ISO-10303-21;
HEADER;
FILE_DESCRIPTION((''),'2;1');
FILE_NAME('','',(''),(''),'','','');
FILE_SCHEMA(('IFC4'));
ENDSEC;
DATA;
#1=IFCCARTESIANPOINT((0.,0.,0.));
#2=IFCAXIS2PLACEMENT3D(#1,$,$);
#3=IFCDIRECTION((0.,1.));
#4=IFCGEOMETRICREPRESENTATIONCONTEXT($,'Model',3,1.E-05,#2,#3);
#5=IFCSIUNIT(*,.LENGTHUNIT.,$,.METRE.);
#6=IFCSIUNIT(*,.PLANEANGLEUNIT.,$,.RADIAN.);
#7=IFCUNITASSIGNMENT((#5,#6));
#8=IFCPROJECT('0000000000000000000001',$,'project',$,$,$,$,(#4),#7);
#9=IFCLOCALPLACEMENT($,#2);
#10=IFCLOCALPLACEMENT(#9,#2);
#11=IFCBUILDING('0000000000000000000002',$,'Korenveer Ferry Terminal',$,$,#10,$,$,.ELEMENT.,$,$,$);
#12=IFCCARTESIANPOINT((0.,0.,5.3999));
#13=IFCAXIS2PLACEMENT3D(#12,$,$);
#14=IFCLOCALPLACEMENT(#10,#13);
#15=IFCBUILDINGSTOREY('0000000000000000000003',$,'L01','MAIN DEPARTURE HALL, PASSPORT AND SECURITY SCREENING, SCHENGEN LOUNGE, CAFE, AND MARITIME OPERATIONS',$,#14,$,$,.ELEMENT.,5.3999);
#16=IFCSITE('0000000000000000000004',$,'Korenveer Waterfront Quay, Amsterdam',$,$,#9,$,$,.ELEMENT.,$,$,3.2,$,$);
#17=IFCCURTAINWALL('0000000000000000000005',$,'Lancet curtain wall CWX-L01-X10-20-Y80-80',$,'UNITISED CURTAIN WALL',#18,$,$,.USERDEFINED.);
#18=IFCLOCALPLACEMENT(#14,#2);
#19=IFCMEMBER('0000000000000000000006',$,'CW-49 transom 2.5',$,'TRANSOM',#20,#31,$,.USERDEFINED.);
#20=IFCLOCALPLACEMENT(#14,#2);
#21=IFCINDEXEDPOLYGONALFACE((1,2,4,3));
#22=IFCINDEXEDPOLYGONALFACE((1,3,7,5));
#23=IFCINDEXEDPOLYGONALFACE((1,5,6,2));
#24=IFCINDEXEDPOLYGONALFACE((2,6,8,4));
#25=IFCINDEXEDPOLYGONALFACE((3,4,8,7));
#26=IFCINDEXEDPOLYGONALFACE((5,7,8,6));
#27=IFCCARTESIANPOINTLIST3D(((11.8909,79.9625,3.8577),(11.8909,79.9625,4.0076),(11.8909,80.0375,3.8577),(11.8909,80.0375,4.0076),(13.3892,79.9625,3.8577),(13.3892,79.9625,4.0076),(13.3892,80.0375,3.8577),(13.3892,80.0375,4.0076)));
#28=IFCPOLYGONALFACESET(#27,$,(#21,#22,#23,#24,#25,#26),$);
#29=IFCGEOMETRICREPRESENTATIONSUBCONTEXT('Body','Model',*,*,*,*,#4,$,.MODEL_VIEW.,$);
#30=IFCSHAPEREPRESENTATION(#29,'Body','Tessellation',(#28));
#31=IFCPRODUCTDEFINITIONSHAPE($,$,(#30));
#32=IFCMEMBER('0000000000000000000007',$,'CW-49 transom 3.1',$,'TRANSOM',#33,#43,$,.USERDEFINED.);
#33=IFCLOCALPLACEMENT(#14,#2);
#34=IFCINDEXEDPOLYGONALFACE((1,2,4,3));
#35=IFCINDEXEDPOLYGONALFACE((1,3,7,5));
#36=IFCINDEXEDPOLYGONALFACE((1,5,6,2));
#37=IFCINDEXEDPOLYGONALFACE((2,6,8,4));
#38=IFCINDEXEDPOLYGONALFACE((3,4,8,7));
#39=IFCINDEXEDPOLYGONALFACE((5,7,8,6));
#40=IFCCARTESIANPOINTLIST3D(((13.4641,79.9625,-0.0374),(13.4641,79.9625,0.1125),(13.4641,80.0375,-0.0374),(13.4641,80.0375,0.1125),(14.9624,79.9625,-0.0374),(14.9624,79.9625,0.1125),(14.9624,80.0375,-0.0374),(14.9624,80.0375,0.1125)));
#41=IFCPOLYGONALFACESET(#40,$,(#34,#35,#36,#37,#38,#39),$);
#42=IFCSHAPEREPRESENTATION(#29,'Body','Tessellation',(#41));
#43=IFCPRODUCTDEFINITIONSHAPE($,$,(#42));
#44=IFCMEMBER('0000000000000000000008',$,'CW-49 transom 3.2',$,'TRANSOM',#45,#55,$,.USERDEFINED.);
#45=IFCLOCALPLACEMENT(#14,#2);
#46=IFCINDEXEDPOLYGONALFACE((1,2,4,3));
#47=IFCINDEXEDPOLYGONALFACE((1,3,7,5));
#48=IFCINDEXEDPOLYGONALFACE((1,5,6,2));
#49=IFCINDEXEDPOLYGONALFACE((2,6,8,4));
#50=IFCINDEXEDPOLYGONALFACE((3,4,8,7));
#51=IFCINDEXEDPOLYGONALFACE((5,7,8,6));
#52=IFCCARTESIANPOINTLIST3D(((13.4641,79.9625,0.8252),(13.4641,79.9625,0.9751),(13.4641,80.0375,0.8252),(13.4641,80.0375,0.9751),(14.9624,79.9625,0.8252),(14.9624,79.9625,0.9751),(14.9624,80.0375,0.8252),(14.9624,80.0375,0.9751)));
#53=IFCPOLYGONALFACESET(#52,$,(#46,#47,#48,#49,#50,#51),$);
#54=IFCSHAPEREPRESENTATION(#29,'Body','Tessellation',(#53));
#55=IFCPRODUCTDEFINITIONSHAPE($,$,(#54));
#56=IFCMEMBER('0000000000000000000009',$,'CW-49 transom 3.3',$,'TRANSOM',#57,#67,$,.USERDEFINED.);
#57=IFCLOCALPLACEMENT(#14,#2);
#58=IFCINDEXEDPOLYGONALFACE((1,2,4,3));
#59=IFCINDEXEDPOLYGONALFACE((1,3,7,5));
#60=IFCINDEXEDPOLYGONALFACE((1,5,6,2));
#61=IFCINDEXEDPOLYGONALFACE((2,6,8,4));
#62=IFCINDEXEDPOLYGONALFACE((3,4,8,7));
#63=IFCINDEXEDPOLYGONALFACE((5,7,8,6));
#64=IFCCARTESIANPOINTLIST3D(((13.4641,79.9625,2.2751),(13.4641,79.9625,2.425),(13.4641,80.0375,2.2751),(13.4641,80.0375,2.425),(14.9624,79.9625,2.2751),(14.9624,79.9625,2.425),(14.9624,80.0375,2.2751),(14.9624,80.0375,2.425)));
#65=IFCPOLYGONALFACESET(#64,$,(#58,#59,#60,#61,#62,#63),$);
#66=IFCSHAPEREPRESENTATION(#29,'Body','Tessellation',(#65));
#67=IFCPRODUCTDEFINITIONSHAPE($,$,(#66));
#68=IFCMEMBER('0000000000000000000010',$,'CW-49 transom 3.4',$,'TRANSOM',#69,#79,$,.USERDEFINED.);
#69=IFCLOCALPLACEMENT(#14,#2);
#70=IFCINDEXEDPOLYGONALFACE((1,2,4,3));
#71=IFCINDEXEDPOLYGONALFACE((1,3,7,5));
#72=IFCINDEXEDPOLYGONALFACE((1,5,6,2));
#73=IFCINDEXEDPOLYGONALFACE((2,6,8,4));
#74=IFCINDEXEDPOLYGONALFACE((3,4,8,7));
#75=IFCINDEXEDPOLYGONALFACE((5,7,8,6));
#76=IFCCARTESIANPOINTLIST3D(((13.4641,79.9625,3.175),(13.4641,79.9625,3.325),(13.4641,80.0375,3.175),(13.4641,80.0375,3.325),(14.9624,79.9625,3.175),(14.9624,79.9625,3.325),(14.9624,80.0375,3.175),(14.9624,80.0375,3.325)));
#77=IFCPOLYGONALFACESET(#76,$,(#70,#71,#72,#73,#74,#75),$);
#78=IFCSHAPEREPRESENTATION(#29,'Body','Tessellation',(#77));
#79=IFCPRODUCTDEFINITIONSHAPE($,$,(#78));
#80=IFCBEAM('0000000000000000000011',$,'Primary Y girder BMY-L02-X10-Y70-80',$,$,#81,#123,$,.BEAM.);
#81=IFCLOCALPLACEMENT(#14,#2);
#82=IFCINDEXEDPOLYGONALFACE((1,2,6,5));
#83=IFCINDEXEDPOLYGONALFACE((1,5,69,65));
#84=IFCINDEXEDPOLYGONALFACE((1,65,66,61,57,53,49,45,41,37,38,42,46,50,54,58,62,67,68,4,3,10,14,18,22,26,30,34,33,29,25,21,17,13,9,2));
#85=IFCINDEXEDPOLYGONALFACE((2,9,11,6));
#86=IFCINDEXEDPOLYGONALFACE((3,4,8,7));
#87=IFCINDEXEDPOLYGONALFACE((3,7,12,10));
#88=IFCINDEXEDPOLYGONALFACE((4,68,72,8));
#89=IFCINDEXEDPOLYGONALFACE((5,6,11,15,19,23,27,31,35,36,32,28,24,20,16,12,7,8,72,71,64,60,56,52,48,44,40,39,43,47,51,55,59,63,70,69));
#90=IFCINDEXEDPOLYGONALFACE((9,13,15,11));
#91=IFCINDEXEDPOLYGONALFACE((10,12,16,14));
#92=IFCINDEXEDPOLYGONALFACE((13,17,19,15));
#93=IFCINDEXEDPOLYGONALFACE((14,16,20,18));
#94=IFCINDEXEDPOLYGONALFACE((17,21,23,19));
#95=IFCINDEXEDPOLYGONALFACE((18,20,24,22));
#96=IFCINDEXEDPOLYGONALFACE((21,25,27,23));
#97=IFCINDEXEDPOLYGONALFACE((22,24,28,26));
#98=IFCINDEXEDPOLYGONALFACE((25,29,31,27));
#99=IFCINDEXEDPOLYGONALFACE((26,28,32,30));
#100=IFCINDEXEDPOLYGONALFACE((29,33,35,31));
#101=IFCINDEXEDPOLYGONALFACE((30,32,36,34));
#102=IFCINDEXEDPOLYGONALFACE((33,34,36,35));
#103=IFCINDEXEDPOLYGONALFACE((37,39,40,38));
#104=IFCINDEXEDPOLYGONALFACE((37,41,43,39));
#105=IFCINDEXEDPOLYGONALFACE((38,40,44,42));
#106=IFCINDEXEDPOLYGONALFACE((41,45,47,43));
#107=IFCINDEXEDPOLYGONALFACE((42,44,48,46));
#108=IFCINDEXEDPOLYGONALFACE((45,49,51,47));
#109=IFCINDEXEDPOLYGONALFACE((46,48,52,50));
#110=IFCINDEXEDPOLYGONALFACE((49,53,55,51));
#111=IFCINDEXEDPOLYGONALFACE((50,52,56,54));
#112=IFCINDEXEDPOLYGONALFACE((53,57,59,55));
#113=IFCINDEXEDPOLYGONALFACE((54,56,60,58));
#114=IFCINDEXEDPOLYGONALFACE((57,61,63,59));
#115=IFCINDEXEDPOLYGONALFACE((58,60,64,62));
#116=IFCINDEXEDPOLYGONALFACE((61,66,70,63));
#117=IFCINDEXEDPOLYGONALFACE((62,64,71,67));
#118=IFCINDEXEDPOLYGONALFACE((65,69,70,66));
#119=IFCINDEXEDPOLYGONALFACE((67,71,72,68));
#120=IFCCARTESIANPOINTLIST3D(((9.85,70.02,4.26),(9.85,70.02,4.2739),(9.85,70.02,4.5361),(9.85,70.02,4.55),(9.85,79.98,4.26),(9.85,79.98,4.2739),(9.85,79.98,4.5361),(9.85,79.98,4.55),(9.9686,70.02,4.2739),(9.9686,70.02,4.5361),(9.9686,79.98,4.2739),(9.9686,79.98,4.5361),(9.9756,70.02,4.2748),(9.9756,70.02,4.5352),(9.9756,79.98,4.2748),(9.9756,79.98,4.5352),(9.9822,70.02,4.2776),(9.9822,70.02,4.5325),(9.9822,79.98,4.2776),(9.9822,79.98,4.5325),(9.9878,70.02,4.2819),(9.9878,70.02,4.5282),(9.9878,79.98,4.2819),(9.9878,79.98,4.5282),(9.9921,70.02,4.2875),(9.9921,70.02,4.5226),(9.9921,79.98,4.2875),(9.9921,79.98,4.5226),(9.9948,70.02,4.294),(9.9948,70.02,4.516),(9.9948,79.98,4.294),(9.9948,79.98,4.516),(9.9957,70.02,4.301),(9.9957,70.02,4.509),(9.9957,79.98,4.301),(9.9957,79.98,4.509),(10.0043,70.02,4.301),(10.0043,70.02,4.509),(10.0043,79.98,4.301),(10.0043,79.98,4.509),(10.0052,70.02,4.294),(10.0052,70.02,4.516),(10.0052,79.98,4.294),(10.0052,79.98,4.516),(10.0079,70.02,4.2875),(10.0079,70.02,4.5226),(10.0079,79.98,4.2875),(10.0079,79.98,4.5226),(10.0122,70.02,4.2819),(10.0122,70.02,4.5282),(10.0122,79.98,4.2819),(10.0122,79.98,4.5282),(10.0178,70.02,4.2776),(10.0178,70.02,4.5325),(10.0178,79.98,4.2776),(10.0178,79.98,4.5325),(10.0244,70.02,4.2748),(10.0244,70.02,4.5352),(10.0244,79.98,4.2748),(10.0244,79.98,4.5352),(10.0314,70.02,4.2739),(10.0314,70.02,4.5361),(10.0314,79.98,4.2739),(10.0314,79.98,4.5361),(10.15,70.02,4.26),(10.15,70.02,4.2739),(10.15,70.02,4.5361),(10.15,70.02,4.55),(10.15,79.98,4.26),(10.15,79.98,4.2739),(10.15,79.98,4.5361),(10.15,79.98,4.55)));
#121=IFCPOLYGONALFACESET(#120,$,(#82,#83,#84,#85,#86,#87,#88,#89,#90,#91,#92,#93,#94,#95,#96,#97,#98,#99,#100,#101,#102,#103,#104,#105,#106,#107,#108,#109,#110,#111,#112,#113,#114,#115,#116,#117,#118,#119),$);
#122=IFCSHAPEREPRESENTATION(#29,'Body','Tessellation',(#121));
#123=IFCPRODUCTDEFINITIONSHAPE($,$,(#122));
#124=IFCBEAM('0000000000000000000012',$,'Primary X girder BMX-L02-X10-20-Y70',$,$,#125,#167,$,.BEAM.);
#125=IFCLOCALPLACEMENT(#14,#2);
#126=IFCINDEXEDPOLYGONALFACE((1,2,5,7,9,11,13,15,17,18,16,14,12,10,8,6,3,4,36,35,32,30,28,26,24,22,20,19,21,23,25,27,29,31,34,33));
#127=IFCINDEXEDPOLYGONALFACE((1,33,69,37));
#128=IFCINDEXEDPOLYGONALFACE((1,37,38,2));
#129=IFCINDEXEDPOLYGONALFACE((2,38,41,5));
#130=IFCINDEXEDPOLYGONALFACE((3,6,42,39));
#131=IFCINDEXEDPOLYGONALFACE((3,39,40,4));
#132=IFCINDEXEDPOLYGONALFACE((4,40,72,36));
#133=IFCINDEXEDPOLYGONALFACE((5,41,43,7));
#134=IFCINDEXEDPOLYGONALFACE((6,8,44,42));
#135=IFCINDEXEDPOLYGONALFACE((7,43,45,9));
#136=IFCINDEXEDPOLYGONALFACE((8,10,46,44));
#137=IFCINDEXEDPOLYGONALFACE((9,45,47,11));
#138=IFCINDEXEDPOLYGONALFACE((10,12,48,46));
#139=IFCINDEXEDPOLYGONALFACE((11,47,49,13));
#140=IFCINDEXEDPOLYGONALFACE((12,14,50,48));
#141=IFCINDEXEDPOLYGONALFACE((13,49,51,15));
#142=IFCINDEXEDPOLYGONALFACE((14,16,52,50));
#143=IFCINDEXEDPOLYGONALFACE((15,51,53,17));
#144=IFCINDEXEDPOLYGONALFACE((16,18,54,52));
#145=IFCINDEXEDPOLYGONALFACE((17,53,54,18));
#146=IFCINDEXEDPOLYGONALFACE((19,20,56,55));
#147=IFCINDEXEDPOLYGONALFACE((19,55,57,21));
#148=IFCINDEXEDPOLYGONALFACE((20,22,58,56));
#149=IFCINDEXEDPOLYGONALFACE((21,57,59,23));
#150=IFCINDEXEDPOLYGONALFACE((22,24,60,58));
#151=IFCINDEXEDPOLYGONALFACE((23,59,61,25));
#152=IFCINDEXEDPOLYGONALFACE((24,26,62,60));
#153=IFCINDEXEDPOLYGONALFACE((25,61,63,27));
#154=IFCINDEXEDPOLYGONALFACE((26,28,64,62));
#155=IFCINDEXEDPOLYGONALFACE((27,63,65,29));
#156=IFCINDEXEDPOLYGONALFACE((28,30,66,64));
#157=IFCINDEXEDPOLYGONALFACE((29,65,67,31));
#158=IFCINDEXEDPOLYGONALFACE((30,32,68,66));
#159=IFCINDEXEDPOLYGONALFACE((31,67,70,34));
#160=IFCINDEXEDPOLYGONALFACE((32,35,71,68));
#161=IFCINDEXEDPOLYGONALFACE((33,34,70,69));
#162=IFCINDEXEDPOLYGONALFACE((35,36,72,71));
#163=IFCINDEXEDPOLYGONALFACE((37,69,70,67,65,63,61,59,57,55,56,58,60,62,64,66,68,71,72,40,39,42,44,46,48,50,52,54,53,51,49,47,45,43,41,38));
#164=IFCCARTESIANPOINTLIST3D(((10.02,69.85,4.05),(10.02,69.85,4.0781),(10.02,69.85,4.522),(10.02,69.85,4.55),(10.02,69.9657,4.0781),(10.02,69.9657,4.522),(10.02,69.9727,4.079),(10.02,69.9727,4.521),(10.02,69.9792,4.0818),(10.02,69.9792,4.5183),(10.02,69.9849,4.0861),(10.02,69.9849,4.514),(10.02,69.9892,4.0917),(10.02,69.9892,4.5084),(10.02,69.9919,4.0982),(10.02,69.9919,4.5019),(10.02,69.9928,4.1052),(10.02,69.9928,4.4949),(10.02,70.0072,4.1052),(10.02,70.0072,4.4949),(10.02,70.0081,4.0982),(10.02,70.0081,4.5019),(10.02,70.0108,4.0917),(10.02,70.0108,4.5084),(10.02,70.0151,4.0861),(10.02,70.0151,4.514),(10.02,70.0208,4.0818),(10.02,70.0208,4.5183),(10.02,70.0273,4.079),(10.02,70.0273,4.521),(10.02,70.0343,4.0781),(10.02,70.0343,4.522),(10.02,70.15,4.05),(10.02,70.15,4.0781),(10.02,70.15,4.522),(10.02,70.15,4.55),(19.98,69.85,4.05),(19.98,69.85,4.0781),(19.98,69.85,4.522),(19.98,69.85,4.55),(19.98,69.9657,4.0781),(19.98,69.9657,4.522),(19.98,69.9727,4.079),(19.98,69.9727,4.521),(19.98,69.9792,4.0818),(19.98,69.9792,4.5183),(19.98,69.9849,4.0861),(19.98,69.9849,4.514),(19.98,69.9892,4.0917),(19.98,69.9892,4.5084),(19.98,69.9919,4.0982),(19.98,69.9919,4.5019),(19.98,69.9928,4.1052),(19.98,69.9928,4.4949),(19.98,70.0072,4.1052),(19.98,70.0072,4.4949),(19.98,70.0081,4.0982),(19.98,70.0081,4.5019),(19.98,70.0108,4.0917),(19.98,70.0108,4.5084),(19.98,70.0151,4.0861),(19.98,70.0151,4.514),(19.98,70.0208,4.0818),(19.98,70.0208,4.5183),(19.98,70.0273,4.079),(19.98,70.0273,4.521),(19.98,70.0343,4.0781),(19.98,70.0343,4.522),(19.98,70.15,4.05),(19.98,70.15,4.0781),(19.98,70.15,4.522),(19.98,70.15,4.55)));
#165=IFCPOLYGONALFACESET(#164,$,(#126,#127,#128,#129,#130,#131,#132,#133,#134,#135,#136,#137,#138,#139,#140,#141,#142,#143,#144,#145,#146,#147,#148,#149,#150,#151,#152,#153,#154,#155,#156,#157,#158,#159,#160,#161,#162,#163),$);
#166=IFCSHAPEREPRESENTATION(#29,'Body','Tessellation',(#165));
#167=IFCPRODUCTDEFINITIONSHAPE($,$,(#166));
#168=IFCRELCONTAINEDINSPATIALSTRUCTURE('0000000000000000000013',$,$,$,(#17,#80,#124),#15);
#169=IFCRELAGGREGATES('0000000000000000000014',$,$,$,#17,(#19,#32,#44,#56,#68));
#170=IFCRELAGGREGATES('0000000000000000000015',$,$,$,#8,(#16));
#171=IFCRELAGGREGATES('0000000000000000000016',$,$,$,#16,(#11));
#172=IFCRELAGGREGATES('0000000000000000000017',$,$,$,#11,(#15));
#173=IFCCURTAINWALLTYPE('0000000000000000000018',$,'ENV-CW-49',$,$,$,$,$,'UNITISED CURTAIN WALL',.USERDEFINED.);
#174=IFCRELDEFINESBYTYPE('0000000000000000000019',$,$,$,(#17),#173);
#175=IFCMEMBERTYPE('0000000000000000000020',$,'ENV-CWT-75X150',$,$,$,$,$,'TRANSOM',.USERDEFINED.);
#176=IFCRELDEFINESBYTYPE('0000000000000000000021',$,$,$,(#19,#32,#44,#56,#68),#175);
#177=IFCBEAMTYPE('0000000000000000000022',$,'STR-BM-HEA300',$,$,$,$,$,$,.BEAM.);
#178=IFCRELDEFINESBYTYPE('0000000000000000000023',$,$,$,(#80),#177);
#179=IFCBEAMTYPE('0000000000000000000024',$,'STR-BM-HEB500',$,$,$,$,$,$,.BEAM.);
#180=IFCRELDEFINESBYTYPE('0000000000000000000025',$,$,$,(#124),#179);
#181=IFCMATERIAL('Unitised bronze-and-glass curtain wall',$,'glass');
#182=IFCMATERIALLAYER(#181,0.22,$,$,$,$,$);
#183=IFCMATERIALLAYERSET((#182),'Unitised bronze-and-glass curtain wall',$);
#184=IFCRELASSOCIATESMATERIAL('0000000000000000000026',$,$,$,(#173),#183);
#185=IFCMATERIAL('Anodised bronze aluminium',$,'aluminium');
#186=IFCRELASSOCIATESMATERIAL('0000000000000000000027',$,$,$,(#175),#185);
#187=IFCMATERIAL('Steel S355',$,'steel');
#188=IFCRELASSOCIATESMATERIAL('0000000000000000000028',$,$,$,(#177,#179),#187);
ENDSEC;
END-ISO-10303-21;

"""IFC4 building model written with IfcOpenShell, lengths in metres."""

from ifc_helpers import new_model, si_unit, direction, frame, origin, origin_2d, place, context, subcontext, project, spatial, rectangle, i_section, extrude, material, layer, layer_set, material_profile, profile_set, type_object, element, aggregate, save


model = new_model("IFC4")

# Units and contexts
model_context = context("Model", 3, precision=1e-05, world=origin(), true_north=direction((0.0, 1.0)))
body_context = subcontext(model_context, "Body", "Model", "MODEL_VIEW")
ifc_project = project(units=[si_unit("LENGTHUNIT", "METRE"), si_unit("PLANEANGLEUNIT", "RADIAN")], contexts=[model_context])

# Site, building, storey
site_placement = place(None, origin())
site = spatial("IfcSite", under=ifc_project, at=site_placement, Name="Korenveer Waterfront Quay, Amsterdam", CompositionType="ELEMENT", RefElevation=3.2)
building_placement = place(site_placement, origin())
building = spatial("IfcBuilding", under=site, at=building_placement, Name="Korenveer Ferry Terminal", CompositionType="ELEMENT")
storey_placement = place(building_placement, frame((0.0, 0.0, 5.3999)))
storey = spatial("IfcBuildingStorey", under=building, at=storey_placement, Name="L01", Description="MAIN DEPARTURE HALL, PASSPORT AND SECURITY SCREENING, SCHENGEN LOUNGE, CAFE, AND MARITIME OPERATIONS", CompositionType="ELEMENT", Elevation=5.3999)

# Shared definitions
ifc_material_1 = material(Name="Unitised bronze-and-glass curtain wall", Category="glass")
ifc_material_2 = material(Name="Anodised bronze aluminium", Category="aluminium")

# Curtain wall, members
ifc_layer_1 = layer(ifc_material_1, 0.22)
ifc_layer_set_1 = layer_set([ifc_layer_1], Name="Unitised bronze-and-glass curtain wall")
curtain_wall_type_1 = type_object("IfcCurtainWallType", Name="ENV-CW-49", ElementType="UNITISED CURTAIN WALL", PredefinedType="USERDEFINED", material=ifc_layer_set_1)
curtain_wall_1_placement = place(storey_placement, frame((10.28, 80.0, 0.0)))
curtain_wall_1 = element("IfcCurtainWall", 1, at=curtain_wall_1_placement, inside=storey, type_object=curtain_wall_type_1, Name="Lancet curtain wall CWX-L01-X10-20-Y80-80", ObjectType="UNITISED CURTAIN WALL", PredefinedType="USERDEFINED")
ifc_material_profile_1 = material_profile(ifc_material_2, rectangle(XDim=0.075, YDim=0.1499, at=origin_2d()), Name="ALU 75x150")
ifc_profile_set_1 = profile_set([ifc_material_profile_1], Name="Anodised bronze aluminium")
member_type_1 = type_object("IfcMemberType", Name="ENV-CWT-75X150", ElementType="TRANSOM", PredefinedType="USERDEFINED", material=ifc_profile_set_1)
member_1_placement = place(storey_placement, frame((11.8909, 80.0, 3.9326), z_axis=(1.0, 0.0, 0.0), x_axis=(0.0, 1.0, 0.0)))
member_1 = element("IfcMember", 2, at=member_1_placement, type_object=member_type_1, Name="CW-49 transom 2.5", ObjectType="TRANSOM", PredefinedType="USERDEFINED", context=body_context, shape_type="SweptSolid", body=[
    extrude(rectangle(XDim=0.075, YDim=0.1499, at=origin_2d()), origin(), (0.0, 0.0, 1.0), 1.4983),
])
member_2_placement = place(storey_placement, frame((13.4641, 80.0, 0.0376), z_axis=(1.0, 0.0, 0.0), x_axis=(0.0, 1.0, 0.0)))
member_2 = element("IfcMember", 3, at=member_2_placement, type_object=member_type_1, Name="CW-49 transom 3.1", ObjectType="TRANSOM", PredefinedType="USERDEFINED", context=body_context, shape_type="SweptSolid", body=[
    extrude(rectangle(XDim=0.075, YDim=0.1499, at=origin_2d()), origin(), (0.0, 0.0, 1.0), 1.4983),
])
member_3_placement = place(storey_placement, frame((13.4641, 80.0, 0.9001), z_axis=(1.0, 0.0, 0.0), x_axis=(0.0, 1.0, 0.0)))
member_3 = element("IfcMember", 4, at=member_3_placement, type_object=member_type_1, Name="CW-49 transom 3.2", ObjectType="TRANSOM", PredefinedType="USERDEFINED", context=body_context, shape_type="SweptSolid", body=[
    extrude(rectangle(XDim=0.075, YDim=0.1499, at=origin_2d()), origin(), (0.0, 0.0, 1.0), 1.4983),
])
member_4_placement = place(storey_placement, frame((13.4641, 80.0, 2.3501), z_axis=(1.0, 0.0, 0.0), x_axis=(0.0, 1.0, 0.0)))
member_4 = element("IfcMember", 5, at=member_4_placement, type_object=member_type_1, Name="CW-49 transom 3.3", ObjectType="TRANSOM", PredefinedType="USERDEFINED", context=body_context, shape_type="SweptSolid", body=[
    extrude(rectangle(XDim=0.075, YDim=0.1499, at=origin_2d()), origin(), (0.0, 0.0, 1.0), 1.4983),
])
member_5_placement = place(storey_placement, frame((13.4641, 80.0, 3.25), z_axis=(1.0, 0.0, 0.0), x_axis=(0.0, 1.0, 0.0)))
member_5 = element("IfcMember", 6, at=member_5_placement, type_object=member_type_1, Name="CW-49 transom 3.4", ObjectType="TRANSOM", PredefinedType="USERDEFINED", context=body_context, shape_type="SweptSolid", body=[
    extrude(rectangle(XDim=0.075, YDim=0.1499, at=origin_2d()), origin(), (0.0, 0.0, 1.0), 1.4983),
])

# Beams
ifc_material_3 = material(Name="Steel S355", Category="steel")
ifc_material_profile_2 = material_profile(ifc_material_3, i_section(OverallWidth=0.3, OverallDepth=0.29, WebThickness=0.0085, FlangeThickness=0.0139, FilletRadius=0.0271, at=origin_2d()), Name="HEA 300")
ifc_profile_set_2 = profile_set([ifc_material_profile_2], Name="Steel S355")
beam_type_1 = type_object("IfcBeamType", Name="STR-BM-HEA300", PredefinedType="BEAM", material=ifc_profile_set_2)
beam_1_placement = place(storey_placement, frame((10.0, 70.02, 4.405), z_axis=(0.0, 1.0, 0.0), x_axis=(-1.0, 0.0, 0.0)))
element("IfcBeam", 7, at=beam_1_placement, inside=storey, type_object=beam_type_1, Name="Primary Y girder BMY-L02-X10-Y70-80", PredefinedType="BEAM", context=body_context, shape_type="SweptSolid", body=[
    extrude(i_section(OverallWidth=0.3, OverallDepth=0.29, WebThickness=0.0085, FlangeThickness=0.0139, FilletRadius=0.0271, at=origin_2d()), origin(), (0.0, 0.0, 1.0), 9.96),
])
ifc_material_profile_3 = material_profile(ifc_material_3, i_section(OverallWidth=0.3, OverallDepth=0.5, WebThickness=0.0144, FlangeThickness=0.0281, FilletRadius=0.0271, at=origin_2d()), Name="HEB 500")
ifc_profile_set_3 = profile_set([ifc_material_profile_3], Name="Steel S355")
beam_type_2 = type_object("IfcBeamType", Name="STR-BM-HEB500", PredefinedType="BEAM", material=ifc_profile_set_3)
beam_2_placement = place(storey_placement, frame((10.02, 70.0, 4.3), z_axis=(1.0, 0.0, 0.0), x_axis=(0.0, 1.0, 0.0)))
element("IfcBeam", 8, at=beam_2_placement, inside=storey, type_object=beam_type_2, Name="Primary X girder BMX-L02-X10-20-Y70", PredefinedType="BEAM", context=body_context, shape_type="SweptSolid", body=[
    extrude(i_section(OverallWidth=0.3, OverallDepth=0.5, WebThickness=0.0144, FlangeThickness=0.0281, FilletRadius=0.0271, at=origin_2d()), origin(), (0.0, 0.0, 1.0), 9.96),
])

aggregate(curtain_wall_1, [member_1, member_2, member_3, member_4, member_5])

save(model, "model.ifc")
